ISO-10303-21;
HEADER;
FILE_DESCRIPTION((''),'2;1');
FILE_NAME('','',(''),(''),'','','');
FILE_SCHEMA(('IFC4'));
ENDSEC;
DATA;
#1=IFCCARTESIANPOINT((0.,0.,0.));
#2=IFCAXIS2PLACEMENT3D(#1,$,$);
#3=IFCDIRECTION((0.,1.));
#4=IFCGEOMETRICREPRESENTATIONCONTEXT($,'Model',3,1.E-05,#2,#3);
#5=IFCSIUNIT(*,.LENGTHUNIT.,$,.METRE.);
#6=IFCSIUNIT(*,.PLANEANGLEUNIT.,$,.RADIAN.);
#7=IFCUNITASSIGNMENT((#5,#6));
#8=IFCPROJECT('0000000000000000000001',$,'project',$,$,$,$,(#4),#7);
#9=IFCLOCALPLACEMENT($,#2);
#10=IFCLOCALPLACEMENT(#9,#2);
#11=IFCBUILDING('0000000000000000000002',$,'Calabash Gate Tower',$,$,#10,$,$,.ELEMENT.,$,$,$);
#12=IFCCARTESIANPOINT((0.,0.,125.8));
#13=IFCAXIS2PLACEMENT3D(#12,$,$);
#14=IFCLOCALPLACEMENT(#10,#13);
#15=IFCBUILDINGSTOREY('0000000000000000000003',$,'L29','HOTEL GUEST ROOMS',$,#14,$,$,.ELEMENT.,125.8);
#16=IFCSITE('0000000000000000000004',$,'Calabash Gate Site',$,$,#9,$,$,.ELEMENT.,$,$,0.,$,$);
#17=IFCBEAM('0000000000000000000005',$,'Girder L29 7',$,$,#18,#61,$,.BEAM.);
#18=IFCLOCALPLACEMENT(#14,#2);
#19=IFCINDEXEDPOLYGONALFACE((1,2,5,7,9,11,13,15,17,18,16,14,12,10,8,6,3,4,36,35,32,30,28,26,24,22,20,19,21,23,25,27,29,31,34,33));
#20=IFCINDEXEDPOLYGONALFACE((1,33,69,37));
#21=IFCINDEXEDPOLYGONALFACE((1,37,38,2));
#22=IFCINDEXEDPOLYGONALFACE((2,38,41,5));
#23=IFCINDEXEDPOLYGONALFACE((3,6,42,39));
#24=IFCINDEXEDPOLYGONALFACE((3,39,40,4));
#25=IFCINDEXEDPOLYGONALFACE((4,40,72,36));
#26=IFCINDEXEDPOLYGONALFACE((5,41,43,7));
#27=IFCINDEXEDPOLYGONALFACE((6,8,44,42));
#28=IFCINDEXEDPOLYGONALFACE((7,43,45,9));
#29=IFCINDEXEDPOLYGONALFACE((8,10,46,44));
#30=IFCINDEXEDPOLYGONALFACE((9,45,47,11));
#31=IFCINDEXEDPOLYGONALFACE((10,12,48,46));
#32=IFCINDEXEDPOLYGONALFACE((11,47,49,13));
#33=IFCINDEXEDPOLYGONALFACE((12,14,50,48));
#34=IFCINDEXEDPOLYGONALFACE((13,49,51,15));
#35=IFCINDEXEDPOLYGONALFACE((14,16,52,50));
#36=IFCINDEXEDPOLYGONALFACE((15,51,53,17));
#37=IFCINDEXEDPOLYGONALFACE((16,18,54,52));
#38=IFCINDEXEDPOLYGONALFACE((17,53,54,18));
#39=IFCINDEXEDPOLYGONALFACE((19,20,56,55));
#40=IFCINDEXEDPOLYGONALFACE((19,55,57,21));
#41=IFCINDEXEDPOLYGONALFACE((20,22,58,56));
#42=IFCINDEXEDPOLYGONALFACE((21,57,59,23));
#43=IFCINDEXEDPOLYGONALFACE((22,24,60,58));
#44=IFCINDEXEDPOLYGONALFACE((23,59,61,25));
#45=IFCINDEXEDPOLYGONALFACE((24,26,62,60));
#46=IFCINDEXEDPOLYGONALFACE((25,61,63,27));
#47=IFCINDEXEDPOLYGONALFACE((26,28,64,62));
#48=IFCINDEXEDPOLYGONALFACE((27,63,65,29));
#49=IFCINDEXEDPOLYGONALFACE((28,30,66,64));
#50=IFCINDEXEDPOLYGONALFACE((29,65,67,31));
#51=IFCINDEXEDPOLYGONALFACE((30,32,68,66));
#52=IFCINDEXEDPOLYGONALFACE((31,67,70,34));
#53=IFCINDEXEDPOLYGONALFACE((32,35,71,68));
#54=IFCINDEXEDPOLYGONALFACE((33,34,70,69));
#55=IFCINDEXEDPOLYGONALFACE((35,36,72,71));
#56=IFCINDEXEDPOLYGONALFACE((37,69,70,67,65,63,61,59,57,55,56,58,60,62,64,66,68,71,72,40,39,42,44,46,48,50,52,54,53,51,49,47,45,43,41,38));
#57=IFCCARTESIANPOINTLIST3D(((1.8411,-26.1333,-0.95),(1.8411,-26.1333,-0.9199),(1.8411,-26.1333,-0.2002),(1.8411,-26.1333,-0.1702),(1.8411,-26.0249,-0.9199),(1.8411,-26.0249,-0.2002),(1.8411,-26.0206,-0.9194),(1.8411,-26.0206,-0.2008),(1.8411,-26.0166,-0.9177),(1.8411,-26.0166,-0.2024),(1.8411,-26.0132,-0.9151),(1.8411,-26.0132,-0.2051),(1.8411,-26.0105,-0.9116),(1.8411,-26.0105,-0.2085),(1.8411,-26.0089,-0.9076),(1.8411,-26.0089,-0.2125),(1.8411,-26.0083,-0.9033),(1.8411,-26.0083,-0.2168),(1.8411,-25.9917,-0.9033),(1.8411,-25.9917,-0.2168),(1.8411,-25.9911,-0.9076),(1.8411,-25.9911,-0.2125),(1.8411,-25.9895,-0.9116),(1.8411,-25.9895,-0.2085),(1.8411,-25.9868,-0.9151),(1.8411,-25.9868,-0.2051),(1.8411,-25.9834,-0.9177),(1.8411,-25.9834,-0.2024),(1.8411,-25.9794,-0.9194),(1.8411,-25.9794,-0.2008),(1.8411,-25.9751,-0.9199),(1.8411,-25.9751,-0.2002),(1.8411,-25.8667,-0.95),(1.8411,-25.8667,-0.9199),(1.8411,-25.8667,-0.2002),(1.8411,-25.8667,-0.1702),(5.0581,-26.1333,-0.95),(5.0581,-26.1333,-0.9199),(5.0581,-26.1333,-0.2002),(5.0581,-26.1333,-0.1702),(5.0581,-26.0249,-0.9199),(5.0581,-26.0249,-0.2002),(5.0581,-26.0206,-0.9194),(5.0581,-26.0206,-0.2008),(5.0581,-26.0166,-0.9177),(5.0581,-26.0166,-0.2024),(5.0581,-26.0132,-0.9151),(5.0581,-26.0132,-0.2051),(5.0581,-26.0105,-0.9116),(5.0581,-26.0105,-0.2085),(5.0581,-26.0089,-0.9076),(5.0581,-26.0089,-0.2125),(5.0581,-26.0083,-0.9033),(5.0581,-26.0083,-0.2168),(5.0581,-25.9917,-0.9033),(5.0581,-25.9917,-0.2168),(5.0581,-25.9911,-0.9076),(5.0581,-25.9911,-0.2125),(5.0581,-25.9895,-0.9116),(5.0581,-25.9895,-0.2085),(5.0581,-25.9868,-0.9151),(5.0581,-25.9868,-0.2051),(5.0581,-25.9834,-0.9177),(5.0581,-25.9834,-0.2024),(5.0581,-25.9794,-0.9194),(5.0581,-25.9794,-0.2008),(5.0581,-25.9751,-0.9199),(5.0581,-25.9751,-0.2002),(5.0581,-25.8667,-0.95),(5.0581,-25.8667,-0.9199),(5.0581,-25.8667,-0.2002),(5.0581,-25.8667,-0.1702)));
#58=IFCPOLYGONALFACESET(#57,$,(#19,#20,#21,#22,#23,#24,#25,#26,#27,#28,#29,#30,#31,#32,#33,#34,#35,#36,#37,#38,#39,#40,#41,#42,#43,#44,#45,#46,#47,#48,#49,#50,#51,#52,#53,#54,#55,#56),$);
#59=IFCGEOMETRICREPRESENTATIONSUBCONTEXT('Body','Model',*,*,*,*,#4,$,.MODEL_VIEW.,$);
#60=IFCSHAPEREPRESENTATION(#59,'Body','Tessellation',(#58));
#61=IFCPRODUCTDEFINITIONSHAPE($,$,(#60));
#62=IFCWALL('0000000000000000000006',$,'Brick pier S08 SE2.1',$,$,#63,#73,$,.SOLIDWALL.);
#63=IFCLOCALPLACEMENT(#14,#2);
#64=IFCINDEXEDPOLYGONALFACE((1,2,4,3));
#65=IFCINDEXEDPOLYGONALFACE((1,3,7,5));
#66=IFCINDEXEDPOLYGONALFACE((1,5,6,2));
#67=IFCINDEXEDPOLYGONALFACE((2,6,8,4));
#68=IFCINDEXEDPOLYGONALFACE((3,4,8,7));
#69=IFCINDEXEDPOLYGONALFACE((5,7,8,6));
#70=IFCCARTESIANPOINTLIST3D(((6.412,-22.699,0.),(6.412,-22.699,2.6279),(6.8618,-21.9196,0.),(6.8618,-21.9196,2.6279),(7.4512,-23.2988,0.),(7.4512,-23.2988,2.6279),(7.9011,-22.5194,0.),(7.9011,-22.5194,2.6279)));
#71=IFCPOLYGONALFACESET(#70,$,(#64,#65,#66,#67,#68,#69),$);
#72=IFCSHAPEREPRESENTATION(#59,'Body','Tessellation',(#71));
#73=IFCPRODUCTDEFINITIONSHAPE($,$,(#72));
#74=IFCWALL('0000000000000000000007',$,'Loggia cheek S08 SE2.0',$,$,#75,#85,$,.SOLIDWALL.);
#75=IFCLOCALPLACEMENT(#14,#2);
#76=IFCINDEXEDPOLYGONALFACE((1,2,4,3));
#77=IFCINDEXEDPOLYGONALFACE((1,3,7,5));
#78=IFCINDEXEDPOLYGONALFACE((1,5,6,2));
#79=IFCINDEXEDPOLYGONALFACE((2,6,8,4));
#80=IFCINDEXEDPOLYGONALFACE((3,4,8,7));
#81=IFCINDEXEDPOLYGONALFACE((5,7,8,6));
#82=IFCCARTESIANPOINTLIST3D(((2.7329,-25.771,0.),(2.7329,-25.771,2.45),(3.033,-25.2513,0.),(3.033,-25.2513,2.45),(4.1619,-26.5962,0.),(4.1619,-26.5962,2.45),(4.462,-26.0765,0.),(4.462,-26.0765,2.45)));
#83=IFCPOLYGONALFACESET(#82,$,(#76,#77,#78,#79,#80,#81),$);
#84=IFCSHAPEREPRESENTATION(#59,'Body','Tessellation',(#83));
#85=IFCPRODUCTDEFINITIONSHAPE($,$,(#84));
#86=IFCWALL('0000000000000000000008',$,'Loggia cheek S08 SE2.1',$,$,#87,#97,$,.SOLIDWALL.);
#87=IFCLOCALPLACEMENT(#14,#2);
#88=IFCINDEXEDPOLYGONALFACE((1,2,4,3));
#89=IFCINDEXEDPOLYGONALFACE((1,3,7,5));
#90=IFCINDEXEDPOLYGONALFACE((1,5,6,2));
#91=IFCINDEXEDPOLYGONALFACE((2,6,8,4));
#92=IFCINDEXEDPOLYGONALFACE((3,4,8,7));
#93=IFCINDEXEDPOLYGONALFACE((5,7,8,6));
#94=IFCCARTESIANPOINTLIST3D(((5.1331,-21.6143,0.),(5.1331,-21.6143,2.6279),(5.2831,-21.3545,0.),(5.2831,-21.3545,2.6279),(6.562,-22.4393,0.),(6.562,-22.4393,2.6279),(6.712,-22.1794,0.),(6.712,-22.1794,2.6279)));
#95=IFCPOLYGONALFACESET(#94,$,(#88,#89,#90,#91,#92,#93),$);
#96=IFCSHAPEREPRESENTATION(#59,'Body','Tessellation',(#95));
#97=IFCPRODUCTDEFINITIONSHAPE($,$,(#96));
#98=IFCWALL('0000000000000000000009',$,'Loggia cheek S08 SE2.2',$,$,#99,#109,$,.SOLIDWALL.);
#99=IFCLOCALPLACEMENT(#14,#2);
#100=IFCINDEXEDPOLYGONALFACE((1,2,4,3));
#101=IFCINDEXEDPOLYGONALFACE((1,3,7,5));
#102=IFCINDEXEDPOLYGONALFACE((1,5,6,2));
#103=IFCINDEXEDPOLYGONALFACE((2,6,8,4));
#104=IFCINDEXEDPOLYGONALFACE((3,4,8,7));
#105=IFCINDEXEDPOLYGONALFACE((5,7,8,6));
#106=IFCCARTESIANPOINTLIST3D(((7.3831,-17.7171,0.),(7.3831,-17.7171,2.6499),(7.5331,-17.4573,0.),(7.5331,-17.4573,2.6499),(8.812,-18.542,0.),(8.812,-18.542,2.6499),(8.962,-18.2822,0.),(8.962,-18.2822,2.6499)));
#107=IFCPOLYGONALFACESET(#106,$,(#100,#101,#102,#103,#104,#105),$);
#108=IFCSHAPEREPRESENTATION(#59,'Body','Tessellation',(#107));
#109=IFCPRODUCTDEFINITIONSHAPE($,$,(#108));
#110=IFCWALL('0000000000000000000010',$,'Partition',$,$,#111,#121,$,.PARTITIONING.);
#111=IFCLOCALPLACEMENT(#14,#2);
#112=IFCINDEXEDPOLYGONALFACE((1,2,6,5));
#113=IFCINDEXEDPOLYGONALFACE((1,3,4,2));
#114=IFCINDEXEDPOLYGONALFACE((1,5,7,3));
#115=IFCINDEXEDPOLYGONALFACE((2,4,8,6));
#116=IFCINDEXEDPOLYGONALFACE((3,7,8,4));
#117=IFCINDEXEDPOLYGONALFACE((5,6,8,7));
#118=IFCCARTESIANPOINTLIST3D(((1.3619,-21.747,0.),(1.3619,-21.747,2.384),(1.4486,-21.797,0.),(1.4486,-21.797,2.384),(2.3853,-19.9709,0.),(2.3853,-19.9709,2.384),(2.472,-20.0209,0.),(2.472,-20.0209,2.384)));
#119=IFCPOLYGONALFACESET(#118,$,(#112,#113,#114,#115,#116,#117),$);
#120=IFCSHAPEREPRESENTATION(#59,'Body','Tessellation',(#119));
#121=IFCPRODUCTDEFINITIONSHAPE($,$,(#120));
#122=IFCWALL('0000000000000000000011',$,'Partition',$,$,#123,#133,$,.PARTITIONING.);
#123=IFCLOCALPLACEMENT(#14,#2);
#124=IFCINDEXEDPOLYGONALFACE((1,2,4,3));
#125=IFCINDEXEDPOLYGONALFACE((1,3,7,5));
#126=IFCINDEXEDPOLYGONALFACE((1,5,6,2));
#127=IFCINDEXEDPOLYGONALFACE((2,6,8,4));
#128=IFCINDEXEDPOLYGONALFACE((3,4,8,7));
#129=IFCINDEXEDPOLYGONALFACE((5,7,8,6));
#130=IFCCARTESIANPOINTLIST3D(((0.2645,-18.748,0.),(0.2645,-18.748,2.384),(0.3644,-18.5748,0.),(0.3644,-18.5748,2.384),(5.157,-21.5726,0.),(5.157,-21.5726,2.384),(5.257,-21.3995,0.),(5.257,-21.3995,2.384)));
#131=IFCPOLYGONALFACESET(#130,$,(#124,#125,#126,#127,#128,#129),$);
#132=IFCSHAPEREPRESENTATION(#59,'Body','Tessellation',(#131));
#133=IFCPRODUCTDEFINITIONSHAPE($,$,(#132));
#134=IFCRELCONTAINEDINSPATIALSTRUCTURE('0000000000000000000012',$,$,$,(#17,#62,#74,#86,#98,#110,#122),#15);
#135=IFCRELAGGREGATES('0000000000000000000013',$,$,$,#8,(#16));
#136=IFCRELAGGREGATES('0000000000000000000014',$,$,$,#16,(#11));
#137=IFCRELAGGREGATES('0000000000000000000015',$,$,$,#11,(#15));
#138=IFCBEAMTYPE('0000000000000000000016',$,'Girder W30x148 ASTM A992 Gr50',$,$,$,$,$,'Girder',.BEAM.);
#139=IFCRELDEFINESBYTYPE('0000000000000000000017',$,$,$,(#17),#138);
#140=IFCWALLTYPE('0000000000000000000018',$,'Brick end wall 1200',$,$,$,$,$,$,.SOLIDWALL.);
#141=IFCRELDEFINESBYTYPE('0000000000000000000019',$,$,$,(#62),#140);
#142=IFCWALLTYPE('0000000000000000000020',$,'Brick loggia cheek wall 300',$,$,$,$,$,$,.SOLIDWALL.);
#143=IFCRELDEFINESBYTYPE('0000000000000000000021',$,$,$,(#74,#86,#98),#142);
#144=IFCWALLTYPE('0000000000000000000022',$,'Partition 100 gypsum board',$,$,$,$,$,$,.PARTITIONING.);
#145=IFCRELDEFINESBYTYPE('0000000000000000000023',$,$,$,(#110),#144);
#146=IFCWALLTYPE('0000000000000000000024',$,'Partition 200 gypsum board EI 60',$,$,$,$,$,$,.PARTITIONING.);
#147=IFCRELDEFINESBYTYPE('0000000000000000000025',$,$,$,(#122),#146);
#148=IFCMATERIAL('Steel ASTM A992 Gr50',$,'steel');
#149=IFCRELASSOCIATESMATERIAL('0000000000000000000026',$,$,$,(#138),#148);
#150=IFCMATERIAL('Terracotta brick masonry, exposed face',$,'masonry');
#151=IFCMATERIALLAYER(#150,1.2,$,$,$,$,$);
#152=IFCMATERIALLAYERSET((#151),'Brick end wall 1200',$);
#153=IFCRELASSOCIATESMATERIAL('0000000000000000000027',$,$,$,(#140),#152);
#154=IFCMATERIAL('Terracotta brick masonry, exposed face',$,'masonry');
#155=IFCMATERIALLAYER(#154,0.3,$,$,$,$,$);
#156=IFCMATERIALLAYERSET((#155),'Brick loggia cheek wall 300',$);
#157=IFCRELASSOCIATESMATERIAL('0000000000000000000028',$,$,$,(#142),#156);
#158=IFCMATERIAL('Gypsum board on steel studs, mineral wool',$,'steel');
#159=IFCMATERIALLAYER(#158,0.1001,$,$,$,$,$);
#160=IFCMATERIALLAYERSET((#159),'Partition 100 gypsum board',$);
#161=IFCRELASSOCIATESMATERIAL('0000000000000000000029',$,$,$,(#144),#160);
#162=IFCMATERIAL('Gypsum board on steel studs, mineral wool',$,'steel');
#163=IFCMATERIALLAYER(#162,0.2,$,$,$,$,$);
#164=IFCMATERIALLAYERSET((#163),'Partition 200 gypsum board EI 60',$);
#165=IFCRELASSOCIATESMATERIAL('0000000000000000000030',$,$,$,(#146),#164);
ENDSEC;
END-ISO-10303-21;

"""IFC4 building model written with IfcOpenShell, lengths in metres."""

from ifc_helpers import new_model, si_unit, direction, frame, frame_2d, origin, origin_2d, place, context, subcontext, project, spatial, rectangle, i_section, extrude, material, layer, layer_set, material_profile, profile_set, type_object, element, save


model = new_model("IFC4")

# Units and contexts
model_context = context("Model", 3, precision=1e-05, world=origin(), true_north=direction((0.0, 1.0)))
body_context = subcontext(model_context, "Body", "Model", "MODEL_VIEW")
ifc_project = project(units=[si_unit("LENGTHUNIT", "METRE"), si_unit("PLANEANGLEUNIT", "RADIAN")], contexts=[model_context])

# Site, building, storey
site_placement = place(None, origin())
site = spatial("IfcSite", under=ifc_project, at=site_placement, Name="Calabash Gate Site", CompositionType="ELEMENT", RefElevation=0.0)
building_placement = place(site_placement, origin())
building = spatial("IfcBuilding", under=site, at=building_placement, Name="Calabash Gate Tower", CompositionType="ELEMENT")
storey_placement = place(building_placement, frame((0.0, 0.0, 125.8)))
storey = spatial("IfcBuildingStorey", under=building, at=storey_placement, Name="L29", Description="HOTEL GUEST ROOMS", CompositionType="ELEMENT", Elevation=125.8)

# Beam
ifc_material_1 = material(Name="Steel ASTM A992 Gr50", Category="steel")
ifc_material_profile_1 = material_profile(ifc_material_1, i_section(OverallWidth=0.2666, OverallDepth=0.7798, WebThickness=0.0166, FlangeThickness=0.03, FilletRadius=0.0166, at=origin_2d()))
ifc_profile_set_1 = profile_set([ifc_material_profile_1], Name="Steel ASTM A992 Gr50")
beam_type_1 = type_object("IfcBeamType", Name="Girder W30x148 ASTM A992 Gr50", ElementType="Girder", PredefinedType="BEAM", material=ifc_profile_set_1)
beam_1_placement = place(storey_placement, frame((1.8411, -26.0, -0.5601), z_axis=(1.0, 0.0, 0.0), x_axis=(0.0, 1.0, 0.0)))
element("IfcBeam", 1, at=beam_1_placement, inside=storey, type_object=beam_type_1, Name="Girder L29 7", PredefinedType="BEAM", context=body_context, shape_type="SweptSolid", body=[
    extrude(i_section(OverallWidth=0.2666, OverallDepth=0.7798, WebThickness=0.0166, FlangeThickness=0.03, FilletRadius=0.0166, at=origin_2d()), origin(), (0.0, 0.0, 1.0), 3.217),
])

# Walls
ifc_material_2 = material(Name="Terracotta brick masonry, exposed face", Category="masonry")
ifc_layer_1 = layer(ifc_material_2, 1.2)
ifc_layer_set_1 = layer_set([ifc_layer_1], Name="Brick end wall 1200")
wall_type_1 = type_object("IfcWallType", Name="Brick end wall 1200", PredefinedType="SOLIDWALL", material=ifc_layer_set_1)
wall_1_placement = place(storey_placement, frame((7.6763, -22.9092, 0.0), z_axis=(0.0, 0.0, 1.0), x_axis=(-0.866094, 0.499881, 0.0)))
element("IfcWall", 2, at=wall_1_placement, inside=storey, type_object=wall_type_1, Name="Brick pier S08 SE2.1", PredefinedType="SOLIDWALL", context=body_context, shape_type="SweptSolid", body=[
    extrude(rectangle(XDim=1.2, YDim=0.8999, at=frame_2d((0.6001, 0.0))), origin(), (0.0, 0.0, 1.0), 2.6279),
])
ifc_material_3 = material(Name="Terracotta brick masonry, exposed face", Category="masonry")
ifc_layer_2 = layer(ifc_material_3, 0.3)
ifc_layer_set_2 = layer_set([ifc_layer_2], Name="Brick loggia cheek wall 300")
wall_type_2 = type_object("IfcWallType", Name="Brick loggia cheek wall 300", PredefinedType="SOLIDWALL", material=ifc_layer_set_2)
wall_2_placement = place(storey_placement, frame((4.312, -26.3364, 0.0), z_axis=(0.0, 0.0, 1.0), x_axis=(-0.865976, 0.500085, 0.0)))
element("IfcWall", 3, at=wall_2_placement, inside=storey, type_object=wall_type_2, Name="Loggia cheek S08 SE2.0", PredefinedType="SOLIDWALL", context=body_context, shape_type="SweptSolid", body=[
    extrude(rectangle(XDim=1.6501, YDim=0.6001, at=frame_2d((0.8252, 0.0))), origin(), (0.0, 0.0, 1.0), 2.45),
])
wall_3_placement = place(storey_placement, frame((6.637, -22.3093, 0.0), z_axis=(0.0, 0.0, 1.0), x_axis=(-0.86604, 0.499974, 0.0)))
element("IfcWall", 4, at=wall_3_placement, inside=storey, type_object=wall_type_2, Name="Loggia cheek S08 SE2.1", PredefinedType="SOLIDWALL", context=body_context, shape_type="SweptSolid", body=[
    extrude(rectangle(XDim=1.6499, YDim=0.3, at=frame_2d((0.825, 0.0))), origin(), (0.0, 0.0, 1.0), 2.6279),
])
wall_4_placement = place(storey_placement, frame((8.887, -18.4121, 0.0), z_axis=(0.0, 0.0, 1.0), x_axis=(-0.86604, 0.499974, 0.0)))
element("IfcWall", 5, at=wall_4_placement, inside=storey, type_object=wall_type_2, Name="Loggia cheek S08 SE2.2", PredefinedType="SOLIDWALL", context=body_context, shape_type="SweptSolid", body=[
    extrude(rectangle(XDim=1.6499, YDim=0.3, at=frame_2d((0.825, 0.0))), origin(), (0.0, 0.0, 1.0), 2.6499),
])
ifc_material_4 = material(Name="Gypsum board on steel studs, mineral wool", Category="steel")
ifc_layer_3 = layer(ifc_material_4, 0.1001)
ifc_layer_set_3 = layer_set([ifc_layer_3], Name="Partition 100 gypsum board")
wall_type_3 = type_object("IfcWallType", Name="Partition 100 gypsum board", PredefinedType="PARTITIONING", material=ifc_layer_set_3)
wall_5_placement = place(storey_placement, frame((1.4053, -21.772, 0.0), z_axis=(0.0, 0.0, 1.0), x_axis=(0.499265, 0.866449, 0.0)))
element("IfcWall", 6, at=wall_5_placement, inside=storey, type_object=wall_type_3, Name="Partition", PredefinedType="PARTITIONING", context=body_context, shape_type="SweptSolid", body=[
    extrude(rectangle(XDim=2.0498, YDim=0.1001, at=frame_2d((1.0249, 0.0))), origin(), (0.0, 0.0, 1.0), 2.384),
])
ifc_material_5 = material(Name="Gypsum board on steel studs, mineral wool", Category="steel")
ifc_layer_4 = layer(ifc_material_5, 0.2)
ifc_layer_set_4 = layer_set([ifc_layer_4], Name="Partition 200 gypsum board EI 60")
wall_type_4 = type_object("IfcWallType", Name="Partition 200 gypsum board EI 60", PredefinedType="PARTITIONING", material=ifc_layer_set_4)
wall_6_placement = place(storey_placement, frame((0.3145, -18.6614, 0.0), z_axis=(0.0, 0.0, 1.0), x_axis=(0.866027, -0.499997, 0.0)))
element("IfcWall", 7, at=wall_6_placement, inside=storey, type_object=wall_type_4, Name="Partition", PredefinedType="PARTITIONING", context=body_context, shape_type="SweptSolid", body=[
    extrude(rectangle(XDim=5.6494, YDim=0.2, at=frame_2d((2.8247, 0.0))), origin(), (0.0, 0.0, 1.0), 2.384),
])

save(model, "model.ifc")
